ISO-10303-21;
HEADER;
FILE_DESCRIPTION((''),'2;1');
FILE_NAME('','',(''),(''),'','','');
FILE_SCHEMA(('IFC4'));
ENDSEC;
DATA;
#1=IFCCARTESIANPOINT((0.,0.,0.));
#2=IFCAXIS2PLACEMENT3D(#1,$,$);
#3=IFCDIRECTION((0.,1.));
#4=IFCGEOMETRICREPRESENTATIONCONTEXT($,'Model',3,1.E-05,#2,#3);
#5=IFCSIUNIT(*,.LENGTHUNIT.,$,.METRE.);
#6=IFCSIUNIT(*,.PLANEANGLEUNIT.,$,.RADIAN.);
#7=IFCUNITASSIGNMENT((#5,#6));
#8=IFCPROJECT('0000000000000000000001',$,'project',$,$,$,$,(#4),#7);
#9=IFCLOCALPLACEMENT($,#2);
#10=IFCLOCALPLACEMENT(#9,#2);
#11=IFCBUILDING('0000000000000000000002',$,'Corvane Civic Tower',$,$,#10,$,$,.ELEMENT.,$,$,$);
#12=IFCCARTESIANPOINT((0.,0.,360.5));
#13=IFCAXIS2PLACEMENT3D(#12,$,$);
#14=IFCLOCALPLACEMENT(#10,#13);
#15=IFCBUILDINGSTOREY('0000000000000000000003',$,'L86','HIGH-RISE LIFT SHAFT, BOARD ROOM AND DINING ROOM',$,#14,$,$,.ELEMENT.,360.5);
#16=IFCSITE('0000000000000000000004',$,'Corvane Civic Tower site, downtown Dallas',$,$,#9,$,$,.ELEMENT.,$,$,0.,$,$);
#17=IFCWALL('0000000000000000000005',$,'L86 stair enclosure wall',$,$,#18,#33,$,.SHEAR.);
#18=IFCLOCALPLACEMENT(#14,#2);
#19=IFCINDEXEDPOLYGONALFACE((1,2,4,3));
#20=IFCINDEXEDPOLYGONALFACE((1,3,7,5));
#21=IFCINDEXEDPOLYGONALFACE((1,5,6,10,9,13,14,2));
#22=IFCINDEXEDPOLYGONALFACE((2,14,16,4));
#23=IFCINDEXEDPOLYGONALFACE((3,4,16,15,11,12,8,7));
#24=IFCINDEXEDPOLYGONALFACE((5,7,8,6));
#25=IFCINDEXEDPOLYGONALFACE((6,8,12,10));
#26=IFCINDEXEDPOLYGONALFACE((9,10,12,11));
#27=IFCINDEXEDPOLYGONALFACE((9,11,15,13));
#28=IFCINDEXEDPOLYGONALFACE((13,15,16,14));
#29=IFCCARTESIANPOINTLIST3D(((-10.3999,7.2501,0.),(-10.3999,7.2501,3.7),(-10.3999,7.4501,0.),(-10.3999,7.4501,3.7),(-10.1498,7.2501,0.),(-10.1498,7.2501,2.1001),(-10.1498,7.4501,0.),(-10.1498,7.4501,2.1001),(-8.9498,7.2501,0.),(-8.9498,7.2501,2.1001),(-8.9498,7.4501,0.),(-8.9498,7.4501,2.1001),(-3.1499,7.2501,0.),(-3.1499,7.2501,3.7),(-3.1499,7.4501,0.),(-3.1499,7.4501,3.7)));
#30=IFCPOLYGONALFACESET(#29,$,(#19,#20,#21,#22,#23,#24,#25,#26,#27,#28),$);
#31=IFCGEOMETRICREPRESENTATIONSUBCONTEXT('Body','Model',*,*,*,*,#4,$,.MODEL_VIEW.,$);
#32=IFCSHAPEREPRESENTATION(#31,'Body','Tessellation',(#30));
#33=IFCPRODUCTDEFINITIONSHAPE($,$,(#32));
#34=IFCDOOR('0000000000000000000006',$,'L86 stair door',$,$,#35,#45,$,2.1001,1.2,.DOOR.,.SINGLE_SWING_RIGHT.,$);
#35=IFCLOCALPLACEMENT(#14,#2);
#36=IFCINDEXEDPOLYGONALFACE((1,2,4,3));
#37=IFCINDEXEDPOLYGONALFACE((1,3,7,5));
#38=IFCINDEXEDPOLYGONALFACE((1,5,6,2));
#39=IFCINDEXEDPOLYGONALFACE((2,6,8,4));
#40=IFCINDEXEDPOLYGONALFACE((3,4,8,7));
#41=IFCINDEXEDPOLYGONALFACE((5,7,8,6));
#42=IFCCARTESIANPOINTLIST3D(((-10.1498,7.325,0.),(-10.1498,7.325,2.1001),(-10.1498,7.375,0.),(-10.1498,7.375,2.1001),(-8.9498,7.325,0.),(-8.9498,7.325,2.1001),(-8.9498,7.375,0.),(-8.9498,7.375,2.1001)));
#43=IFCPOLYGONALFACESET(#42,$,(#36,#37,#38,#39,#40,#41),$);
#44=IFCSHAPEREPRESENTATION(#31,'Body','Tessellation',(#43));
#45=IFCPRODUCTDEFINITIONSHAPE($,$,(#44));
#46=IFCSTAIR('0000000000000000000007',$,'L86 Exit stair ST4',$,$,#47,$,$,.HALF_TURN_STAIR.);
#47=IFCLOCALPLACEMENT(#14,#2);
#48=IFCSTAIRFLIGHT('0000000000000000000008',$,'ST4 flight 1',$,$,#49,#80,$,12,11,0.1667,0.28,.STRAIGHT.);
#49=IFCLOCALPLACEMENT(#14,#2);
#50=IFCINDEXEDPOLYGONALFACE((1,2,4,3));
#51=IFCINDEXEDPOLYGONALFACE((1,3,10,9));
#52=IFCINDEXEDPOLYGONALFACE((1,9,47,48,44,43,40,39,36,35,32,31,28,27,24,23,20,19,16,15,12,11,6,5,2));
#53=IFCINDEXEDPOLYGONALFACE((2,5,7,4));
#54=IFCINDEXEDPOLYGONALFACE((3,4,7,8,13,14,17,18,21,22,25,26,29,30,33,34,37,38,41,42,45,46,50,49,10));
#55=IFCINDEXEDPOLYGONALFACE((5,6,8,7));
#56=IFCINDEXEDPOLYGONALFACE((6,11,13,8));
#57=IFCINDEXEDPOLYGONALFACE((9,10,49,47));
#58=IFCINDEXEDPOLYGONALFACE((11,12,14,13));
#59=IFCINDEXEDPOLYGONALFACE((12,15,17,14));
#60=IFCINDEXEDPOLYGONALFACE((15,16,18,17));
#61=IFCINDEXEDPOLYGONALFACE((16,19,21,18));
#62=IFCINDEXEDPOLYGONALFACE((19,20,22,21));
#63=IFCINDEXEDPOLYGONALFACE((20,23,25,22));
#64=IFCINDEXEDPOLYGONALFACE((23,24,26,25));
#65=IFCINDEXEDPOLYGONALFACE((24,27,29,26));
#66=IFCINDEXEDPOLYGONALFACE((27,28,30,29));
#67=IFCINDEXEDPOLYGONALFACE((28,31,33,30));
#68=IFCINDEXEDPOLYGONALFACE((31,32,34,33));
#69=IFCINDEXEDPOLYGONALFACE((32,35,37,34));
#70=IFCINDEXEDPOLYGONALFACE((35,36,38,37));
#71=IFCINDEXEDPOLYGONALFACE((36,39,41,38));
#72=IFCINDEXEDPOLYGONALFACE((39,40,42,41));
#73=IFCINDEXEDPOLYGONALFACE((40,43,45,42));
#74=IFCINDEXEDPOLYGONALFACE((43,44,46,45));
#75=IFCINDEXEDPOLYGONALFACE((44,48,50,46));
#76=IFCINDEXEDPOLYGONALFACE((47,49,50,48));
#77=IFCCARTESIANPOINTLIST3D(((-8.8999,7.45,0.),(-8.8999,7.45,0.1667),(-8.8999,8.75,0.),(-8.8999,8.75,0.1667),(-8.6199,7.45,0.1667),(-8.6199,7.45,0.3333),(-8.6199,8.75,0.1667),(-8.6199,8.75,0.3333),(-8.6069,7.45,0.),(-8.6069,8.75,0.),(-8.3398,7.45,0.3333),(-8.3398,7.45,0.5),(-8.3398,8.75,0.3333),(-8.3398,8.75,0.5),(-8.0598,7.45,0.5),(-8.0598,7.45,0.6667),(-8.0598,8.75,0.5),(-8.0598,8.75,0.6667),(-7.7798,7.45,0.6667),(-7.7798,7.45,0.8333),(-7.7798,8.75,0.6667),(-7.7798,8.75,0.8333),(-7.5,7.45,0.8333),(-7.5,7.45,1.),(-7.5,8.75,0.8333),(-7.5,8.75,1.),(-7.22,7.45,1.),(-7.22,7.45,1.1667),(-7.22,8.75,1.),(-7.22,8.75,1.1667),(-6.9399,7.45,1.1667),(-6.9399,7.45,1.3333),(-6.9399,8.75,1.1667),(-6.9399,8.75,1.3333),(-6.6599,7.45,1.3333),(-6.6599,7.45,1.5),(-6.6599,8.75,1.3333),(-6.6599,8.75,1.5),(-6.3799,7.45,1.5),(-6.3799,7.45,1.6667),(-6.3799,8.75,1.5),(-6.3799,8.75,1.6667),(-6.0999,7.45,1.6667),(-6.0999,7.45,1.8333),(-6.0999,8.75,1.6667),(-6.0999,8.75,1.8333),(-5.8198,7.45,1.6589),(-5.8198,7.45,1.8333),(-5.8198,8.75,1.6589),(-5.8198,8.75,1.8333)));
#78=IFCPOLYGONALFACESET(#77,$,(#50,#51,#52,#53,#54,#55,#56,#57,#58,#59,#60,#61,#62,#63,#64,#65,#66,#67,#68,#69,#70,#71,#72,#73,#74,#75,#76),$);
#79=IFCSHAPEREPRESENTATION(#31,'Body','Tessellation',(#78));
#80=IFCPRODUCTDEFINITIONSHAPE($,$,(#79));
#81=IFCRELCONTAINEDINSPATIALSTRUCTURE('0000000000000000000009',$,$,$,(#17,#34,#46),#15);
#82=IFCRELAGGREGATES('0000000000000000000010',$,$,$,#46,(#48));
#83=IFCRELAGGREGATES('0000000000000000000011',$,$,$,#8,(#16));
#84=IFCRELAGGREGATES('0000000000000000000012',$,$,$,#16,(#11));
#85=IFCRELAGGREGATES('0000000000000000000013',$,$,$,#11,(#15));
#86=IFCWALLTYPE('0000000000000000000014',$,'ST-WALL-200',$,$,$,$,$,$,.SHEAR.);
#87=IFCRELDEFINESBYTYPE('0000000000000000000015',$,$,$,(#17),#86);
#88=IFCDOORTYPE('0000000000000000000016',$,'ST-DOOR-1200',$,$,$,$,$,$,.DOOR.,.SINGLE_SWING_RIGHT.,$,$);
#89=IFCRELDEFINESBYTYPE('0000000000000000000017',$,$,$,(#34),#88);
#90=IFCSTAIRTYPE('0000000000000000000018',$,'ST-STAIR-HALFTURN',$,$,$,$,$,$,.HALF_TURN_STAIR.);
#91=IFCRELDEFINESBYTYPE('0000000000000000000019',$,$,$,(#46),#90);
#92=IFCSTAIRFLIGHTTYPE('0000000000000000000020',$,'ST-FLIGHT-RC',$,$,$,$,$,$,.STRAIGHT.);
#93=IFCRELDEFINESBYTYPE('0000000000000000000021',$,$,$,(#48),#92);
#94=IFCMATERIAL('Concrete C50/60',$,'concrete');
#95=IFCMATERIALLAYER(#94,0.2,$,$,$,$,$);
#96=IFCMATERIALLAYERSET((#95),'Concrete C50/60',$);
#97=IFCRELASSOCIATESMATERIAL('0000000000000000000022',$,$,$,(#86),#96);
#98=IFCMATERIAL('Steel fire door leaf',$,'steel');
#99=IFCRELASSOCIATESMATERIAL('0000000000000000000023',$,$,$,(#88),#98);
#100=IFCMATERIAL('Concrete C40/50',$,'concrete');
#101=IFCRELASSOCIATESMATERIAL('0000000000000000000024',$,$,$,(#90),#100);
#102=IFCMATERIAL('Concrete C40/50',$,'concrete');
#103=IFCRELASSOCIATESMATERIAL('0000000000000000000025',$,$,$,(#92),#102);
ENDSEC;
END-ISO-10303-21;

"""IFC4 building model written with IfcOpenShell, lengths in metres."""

from ifc_helpers import new_model, si_unit, direction, frame, frame_2d, origin, place, context, subcontext, project, spatial, polyline, rectangle, outline, extrude, material, layer, layer_set, type_object, element, fill, aggregate, save


model = new_model("IFC4")

# Units and contexts
model_context = context("Model", 3, precision=1e-05, world=origin(), true_north=direction((0.0, 1.0)))
body_context = subcontext(model_context, "Body", "Model", "MODEL_VIEW")
ifc_project = project(units=[si_unit("LENGTHUNIT", "METRE"), si_unit("PLANEANGLEUNIT", "RADIAN")], contexts=[model_context])

# Site, building, storey
site_placement = place(None, origin())
site = spatial("IfcSite", under=ifc_project, at=site_placement, Name="Corvane Civic Tower site, downtown Dallas", CompositionType="ELEMENT", RefElevation=0.0)
building_placement = place(site_placement, origin())
building = spatial("IfcBuilding", under=site, at=building_placement, Name="Corvane Civic Tower", CompositionType="ELEMENT")
storey_placement = place(building_placement, frame((0.0, 0.0, 360.5)))
storey = spatial("IfcBuildingStorey", under=building, at=storey_placement, Name="L86", Description="HIGH-RISE LIFT SHAFT, BOARD ROOM AND DINING ROOM", CompositionType="ELEMENT", Elevation=360.5)

# Wall, opening, door
ifc_material_1 = material(Name="Concrete C50/60", Category="concrete")
ifc_layer_1 = layer(ifc_material_1, 0.2)
ifc_layer_set_1 = layer_set([ifc_layer_1], Name="Concrete C50/60")
wall_type_1 = type_object("IfcWallType", Name="ST-WALL-200", PredefinedType="SHEAR", material=ifc_layer_set_1)
wall_1_placement = place(storey_placement, frame((-10.3999, 7.3501, 0.0), z_axis=(0.0, 0.0, 1.0), x_axis=(1.0, 0.0, 0.0)))
wall_1 = element("IfcWall", 1, at=wall_1_placement, inside=storey, type_object=wall_type_1, Name="L86 stair enclosure wall", PredefinedType="SHEAR", context=body_context, shape_type="SweptSolid", body=[
    extrude(rectangle(XDim=7.25, YDim=0.2, at=frame_2d((3.625, 0.0))), origin(), (0.0, 0.0, 1.0), 3.7),
])
opening_1_placement = place(wall_1_placement, frame((0.25, 0.0, 0.0)))
opening_1 = element("IfcOpeningElement", 2, at=opening_1_placement, cuts=wall_1, PredefinedType="OPENING", context=body_context, shape_type="SweptSolid", body=[
    extrude(rectangle(XDim=1.2, YDim=2.1001, at=frame_2d((0.6001, 1.05))), frame((0.0, 0.1099, 0.0), z_axis=(0.0, -1.0, 0.0), x_axis=(1.0, 0.0, 0.0)), (0.0, 0.0, 1.0), 0.22),
])
ifc_material_2 = material(Name="Steel fire door leaf", Category="steel")
door_type_1 = type_object("IfcDoorType", Name="ST-DOOR-1200", OperationType="SINGLE_SWING_RIGHT", PredefinedType="DOOR", material=ifc_material_2)
door_1_placement = place(opening_1_placement, origin())
door_1 = element("IfcDoor", 3, at=door_1_placement, inside=storey, type_object=door_type_1, Name="L86 stair door", OperationType="SINGLE_SWING_RIGHT", OverallHeight=2.1001, OverallWidth=1.2, PredefinedType="DOOR", context=body_context, shape_type="SweptSolid", body=[
    extrude(rectangle(XDim=1.2, YDim=2.1001, at=frame_2d((0.6001, 1.05))), frame((0.0, 0.0249, 0.0), z_axis=(0.0, -1.0, 0.0), x_axis=(1.0, 0.0, 0.0)), (0.0, 0.0, 1.0), 0.05),
])
fill(opening_1, door_1)

# Stair, stair flight
ifc_material_3 = material(Name="Concrete C40/50", Category="concrete")
stair_type = type_object("IfcStairType", Name="ST-STAIR-HALFTURN", PredefinedType="HALF_TURN_STAIR", material=ifc_material_3)
stair_placement = place(storey_placement, origin())
stair = element("IfcStair", 4, at=stair_placement, inside=storey, type_object=stair_type, Name="L86 Exit stair ST4", PredefinedType="HALF_TURN_STAIR")
ifc_material_4 = material(Name="Concrete C40/50", Category="concrete")
stair_flight_type = type_object("IfcStairFlightType", Name="ST-FLIGHT-RC", PredefinedType="STRAIGHT", material=ifc_material_4)
stair_flight_placement = place(storey_placement, frame((-8.8999, 8.1001, 0.0), z_axis=(0.0, 0.0, 1.0), x_axis=(1.0, 0.0, 0.0)))
stair_flight = element("IfcStairFlight", 5, at=stair_flight_placement, type_object=stair_flight_type, Name="ST4 flight 1", NumberOfRisers=12, NumberOfTreads=11, PredefinedType="STRAIGHT", RiserHeight=0.1667, TreadLength=0.28, context=body_context, shape_type="SweptSolid", body=[
    extrude(outline(polyline([(0.0, 0.0), (0.0, 0.1667), (0.28, 0.1667), (0.28, 0.3333), (0.5601, 0.3333), (0.5601, 0.5), (0.8401, 0.5), (0.8401, 0.6667), (1.1201, 0.6667), (1.1201, 0.8333), (1.3999, 0.8333), (1.3999, 1.0), (1.6799, 1.0), (1.6799, 1.1667), (1.96, 1.1667), (1.96, 1.3333), (2.24, 1.3333), (2.24, 1.5), (2.52, 1.5), (2.52, 1.6667), (2.8, 1.6667), (2.8, 1.8333), (3.0801, 1.8333), (3.0801, 2.0), (3.0801, 1.6589), (0.293, 0.0), (0.0, 0.0)])), frame((0.0, 0.6499, 0.0), z_axis=(0.0, -1.0, 0.0), x_axis=(1.0, 0.0, 0.0)), (0.0, 0.0, 1.0), 1.3),
])
aggregate(stair, [stair_flight])

save(model, "model.ifc")
